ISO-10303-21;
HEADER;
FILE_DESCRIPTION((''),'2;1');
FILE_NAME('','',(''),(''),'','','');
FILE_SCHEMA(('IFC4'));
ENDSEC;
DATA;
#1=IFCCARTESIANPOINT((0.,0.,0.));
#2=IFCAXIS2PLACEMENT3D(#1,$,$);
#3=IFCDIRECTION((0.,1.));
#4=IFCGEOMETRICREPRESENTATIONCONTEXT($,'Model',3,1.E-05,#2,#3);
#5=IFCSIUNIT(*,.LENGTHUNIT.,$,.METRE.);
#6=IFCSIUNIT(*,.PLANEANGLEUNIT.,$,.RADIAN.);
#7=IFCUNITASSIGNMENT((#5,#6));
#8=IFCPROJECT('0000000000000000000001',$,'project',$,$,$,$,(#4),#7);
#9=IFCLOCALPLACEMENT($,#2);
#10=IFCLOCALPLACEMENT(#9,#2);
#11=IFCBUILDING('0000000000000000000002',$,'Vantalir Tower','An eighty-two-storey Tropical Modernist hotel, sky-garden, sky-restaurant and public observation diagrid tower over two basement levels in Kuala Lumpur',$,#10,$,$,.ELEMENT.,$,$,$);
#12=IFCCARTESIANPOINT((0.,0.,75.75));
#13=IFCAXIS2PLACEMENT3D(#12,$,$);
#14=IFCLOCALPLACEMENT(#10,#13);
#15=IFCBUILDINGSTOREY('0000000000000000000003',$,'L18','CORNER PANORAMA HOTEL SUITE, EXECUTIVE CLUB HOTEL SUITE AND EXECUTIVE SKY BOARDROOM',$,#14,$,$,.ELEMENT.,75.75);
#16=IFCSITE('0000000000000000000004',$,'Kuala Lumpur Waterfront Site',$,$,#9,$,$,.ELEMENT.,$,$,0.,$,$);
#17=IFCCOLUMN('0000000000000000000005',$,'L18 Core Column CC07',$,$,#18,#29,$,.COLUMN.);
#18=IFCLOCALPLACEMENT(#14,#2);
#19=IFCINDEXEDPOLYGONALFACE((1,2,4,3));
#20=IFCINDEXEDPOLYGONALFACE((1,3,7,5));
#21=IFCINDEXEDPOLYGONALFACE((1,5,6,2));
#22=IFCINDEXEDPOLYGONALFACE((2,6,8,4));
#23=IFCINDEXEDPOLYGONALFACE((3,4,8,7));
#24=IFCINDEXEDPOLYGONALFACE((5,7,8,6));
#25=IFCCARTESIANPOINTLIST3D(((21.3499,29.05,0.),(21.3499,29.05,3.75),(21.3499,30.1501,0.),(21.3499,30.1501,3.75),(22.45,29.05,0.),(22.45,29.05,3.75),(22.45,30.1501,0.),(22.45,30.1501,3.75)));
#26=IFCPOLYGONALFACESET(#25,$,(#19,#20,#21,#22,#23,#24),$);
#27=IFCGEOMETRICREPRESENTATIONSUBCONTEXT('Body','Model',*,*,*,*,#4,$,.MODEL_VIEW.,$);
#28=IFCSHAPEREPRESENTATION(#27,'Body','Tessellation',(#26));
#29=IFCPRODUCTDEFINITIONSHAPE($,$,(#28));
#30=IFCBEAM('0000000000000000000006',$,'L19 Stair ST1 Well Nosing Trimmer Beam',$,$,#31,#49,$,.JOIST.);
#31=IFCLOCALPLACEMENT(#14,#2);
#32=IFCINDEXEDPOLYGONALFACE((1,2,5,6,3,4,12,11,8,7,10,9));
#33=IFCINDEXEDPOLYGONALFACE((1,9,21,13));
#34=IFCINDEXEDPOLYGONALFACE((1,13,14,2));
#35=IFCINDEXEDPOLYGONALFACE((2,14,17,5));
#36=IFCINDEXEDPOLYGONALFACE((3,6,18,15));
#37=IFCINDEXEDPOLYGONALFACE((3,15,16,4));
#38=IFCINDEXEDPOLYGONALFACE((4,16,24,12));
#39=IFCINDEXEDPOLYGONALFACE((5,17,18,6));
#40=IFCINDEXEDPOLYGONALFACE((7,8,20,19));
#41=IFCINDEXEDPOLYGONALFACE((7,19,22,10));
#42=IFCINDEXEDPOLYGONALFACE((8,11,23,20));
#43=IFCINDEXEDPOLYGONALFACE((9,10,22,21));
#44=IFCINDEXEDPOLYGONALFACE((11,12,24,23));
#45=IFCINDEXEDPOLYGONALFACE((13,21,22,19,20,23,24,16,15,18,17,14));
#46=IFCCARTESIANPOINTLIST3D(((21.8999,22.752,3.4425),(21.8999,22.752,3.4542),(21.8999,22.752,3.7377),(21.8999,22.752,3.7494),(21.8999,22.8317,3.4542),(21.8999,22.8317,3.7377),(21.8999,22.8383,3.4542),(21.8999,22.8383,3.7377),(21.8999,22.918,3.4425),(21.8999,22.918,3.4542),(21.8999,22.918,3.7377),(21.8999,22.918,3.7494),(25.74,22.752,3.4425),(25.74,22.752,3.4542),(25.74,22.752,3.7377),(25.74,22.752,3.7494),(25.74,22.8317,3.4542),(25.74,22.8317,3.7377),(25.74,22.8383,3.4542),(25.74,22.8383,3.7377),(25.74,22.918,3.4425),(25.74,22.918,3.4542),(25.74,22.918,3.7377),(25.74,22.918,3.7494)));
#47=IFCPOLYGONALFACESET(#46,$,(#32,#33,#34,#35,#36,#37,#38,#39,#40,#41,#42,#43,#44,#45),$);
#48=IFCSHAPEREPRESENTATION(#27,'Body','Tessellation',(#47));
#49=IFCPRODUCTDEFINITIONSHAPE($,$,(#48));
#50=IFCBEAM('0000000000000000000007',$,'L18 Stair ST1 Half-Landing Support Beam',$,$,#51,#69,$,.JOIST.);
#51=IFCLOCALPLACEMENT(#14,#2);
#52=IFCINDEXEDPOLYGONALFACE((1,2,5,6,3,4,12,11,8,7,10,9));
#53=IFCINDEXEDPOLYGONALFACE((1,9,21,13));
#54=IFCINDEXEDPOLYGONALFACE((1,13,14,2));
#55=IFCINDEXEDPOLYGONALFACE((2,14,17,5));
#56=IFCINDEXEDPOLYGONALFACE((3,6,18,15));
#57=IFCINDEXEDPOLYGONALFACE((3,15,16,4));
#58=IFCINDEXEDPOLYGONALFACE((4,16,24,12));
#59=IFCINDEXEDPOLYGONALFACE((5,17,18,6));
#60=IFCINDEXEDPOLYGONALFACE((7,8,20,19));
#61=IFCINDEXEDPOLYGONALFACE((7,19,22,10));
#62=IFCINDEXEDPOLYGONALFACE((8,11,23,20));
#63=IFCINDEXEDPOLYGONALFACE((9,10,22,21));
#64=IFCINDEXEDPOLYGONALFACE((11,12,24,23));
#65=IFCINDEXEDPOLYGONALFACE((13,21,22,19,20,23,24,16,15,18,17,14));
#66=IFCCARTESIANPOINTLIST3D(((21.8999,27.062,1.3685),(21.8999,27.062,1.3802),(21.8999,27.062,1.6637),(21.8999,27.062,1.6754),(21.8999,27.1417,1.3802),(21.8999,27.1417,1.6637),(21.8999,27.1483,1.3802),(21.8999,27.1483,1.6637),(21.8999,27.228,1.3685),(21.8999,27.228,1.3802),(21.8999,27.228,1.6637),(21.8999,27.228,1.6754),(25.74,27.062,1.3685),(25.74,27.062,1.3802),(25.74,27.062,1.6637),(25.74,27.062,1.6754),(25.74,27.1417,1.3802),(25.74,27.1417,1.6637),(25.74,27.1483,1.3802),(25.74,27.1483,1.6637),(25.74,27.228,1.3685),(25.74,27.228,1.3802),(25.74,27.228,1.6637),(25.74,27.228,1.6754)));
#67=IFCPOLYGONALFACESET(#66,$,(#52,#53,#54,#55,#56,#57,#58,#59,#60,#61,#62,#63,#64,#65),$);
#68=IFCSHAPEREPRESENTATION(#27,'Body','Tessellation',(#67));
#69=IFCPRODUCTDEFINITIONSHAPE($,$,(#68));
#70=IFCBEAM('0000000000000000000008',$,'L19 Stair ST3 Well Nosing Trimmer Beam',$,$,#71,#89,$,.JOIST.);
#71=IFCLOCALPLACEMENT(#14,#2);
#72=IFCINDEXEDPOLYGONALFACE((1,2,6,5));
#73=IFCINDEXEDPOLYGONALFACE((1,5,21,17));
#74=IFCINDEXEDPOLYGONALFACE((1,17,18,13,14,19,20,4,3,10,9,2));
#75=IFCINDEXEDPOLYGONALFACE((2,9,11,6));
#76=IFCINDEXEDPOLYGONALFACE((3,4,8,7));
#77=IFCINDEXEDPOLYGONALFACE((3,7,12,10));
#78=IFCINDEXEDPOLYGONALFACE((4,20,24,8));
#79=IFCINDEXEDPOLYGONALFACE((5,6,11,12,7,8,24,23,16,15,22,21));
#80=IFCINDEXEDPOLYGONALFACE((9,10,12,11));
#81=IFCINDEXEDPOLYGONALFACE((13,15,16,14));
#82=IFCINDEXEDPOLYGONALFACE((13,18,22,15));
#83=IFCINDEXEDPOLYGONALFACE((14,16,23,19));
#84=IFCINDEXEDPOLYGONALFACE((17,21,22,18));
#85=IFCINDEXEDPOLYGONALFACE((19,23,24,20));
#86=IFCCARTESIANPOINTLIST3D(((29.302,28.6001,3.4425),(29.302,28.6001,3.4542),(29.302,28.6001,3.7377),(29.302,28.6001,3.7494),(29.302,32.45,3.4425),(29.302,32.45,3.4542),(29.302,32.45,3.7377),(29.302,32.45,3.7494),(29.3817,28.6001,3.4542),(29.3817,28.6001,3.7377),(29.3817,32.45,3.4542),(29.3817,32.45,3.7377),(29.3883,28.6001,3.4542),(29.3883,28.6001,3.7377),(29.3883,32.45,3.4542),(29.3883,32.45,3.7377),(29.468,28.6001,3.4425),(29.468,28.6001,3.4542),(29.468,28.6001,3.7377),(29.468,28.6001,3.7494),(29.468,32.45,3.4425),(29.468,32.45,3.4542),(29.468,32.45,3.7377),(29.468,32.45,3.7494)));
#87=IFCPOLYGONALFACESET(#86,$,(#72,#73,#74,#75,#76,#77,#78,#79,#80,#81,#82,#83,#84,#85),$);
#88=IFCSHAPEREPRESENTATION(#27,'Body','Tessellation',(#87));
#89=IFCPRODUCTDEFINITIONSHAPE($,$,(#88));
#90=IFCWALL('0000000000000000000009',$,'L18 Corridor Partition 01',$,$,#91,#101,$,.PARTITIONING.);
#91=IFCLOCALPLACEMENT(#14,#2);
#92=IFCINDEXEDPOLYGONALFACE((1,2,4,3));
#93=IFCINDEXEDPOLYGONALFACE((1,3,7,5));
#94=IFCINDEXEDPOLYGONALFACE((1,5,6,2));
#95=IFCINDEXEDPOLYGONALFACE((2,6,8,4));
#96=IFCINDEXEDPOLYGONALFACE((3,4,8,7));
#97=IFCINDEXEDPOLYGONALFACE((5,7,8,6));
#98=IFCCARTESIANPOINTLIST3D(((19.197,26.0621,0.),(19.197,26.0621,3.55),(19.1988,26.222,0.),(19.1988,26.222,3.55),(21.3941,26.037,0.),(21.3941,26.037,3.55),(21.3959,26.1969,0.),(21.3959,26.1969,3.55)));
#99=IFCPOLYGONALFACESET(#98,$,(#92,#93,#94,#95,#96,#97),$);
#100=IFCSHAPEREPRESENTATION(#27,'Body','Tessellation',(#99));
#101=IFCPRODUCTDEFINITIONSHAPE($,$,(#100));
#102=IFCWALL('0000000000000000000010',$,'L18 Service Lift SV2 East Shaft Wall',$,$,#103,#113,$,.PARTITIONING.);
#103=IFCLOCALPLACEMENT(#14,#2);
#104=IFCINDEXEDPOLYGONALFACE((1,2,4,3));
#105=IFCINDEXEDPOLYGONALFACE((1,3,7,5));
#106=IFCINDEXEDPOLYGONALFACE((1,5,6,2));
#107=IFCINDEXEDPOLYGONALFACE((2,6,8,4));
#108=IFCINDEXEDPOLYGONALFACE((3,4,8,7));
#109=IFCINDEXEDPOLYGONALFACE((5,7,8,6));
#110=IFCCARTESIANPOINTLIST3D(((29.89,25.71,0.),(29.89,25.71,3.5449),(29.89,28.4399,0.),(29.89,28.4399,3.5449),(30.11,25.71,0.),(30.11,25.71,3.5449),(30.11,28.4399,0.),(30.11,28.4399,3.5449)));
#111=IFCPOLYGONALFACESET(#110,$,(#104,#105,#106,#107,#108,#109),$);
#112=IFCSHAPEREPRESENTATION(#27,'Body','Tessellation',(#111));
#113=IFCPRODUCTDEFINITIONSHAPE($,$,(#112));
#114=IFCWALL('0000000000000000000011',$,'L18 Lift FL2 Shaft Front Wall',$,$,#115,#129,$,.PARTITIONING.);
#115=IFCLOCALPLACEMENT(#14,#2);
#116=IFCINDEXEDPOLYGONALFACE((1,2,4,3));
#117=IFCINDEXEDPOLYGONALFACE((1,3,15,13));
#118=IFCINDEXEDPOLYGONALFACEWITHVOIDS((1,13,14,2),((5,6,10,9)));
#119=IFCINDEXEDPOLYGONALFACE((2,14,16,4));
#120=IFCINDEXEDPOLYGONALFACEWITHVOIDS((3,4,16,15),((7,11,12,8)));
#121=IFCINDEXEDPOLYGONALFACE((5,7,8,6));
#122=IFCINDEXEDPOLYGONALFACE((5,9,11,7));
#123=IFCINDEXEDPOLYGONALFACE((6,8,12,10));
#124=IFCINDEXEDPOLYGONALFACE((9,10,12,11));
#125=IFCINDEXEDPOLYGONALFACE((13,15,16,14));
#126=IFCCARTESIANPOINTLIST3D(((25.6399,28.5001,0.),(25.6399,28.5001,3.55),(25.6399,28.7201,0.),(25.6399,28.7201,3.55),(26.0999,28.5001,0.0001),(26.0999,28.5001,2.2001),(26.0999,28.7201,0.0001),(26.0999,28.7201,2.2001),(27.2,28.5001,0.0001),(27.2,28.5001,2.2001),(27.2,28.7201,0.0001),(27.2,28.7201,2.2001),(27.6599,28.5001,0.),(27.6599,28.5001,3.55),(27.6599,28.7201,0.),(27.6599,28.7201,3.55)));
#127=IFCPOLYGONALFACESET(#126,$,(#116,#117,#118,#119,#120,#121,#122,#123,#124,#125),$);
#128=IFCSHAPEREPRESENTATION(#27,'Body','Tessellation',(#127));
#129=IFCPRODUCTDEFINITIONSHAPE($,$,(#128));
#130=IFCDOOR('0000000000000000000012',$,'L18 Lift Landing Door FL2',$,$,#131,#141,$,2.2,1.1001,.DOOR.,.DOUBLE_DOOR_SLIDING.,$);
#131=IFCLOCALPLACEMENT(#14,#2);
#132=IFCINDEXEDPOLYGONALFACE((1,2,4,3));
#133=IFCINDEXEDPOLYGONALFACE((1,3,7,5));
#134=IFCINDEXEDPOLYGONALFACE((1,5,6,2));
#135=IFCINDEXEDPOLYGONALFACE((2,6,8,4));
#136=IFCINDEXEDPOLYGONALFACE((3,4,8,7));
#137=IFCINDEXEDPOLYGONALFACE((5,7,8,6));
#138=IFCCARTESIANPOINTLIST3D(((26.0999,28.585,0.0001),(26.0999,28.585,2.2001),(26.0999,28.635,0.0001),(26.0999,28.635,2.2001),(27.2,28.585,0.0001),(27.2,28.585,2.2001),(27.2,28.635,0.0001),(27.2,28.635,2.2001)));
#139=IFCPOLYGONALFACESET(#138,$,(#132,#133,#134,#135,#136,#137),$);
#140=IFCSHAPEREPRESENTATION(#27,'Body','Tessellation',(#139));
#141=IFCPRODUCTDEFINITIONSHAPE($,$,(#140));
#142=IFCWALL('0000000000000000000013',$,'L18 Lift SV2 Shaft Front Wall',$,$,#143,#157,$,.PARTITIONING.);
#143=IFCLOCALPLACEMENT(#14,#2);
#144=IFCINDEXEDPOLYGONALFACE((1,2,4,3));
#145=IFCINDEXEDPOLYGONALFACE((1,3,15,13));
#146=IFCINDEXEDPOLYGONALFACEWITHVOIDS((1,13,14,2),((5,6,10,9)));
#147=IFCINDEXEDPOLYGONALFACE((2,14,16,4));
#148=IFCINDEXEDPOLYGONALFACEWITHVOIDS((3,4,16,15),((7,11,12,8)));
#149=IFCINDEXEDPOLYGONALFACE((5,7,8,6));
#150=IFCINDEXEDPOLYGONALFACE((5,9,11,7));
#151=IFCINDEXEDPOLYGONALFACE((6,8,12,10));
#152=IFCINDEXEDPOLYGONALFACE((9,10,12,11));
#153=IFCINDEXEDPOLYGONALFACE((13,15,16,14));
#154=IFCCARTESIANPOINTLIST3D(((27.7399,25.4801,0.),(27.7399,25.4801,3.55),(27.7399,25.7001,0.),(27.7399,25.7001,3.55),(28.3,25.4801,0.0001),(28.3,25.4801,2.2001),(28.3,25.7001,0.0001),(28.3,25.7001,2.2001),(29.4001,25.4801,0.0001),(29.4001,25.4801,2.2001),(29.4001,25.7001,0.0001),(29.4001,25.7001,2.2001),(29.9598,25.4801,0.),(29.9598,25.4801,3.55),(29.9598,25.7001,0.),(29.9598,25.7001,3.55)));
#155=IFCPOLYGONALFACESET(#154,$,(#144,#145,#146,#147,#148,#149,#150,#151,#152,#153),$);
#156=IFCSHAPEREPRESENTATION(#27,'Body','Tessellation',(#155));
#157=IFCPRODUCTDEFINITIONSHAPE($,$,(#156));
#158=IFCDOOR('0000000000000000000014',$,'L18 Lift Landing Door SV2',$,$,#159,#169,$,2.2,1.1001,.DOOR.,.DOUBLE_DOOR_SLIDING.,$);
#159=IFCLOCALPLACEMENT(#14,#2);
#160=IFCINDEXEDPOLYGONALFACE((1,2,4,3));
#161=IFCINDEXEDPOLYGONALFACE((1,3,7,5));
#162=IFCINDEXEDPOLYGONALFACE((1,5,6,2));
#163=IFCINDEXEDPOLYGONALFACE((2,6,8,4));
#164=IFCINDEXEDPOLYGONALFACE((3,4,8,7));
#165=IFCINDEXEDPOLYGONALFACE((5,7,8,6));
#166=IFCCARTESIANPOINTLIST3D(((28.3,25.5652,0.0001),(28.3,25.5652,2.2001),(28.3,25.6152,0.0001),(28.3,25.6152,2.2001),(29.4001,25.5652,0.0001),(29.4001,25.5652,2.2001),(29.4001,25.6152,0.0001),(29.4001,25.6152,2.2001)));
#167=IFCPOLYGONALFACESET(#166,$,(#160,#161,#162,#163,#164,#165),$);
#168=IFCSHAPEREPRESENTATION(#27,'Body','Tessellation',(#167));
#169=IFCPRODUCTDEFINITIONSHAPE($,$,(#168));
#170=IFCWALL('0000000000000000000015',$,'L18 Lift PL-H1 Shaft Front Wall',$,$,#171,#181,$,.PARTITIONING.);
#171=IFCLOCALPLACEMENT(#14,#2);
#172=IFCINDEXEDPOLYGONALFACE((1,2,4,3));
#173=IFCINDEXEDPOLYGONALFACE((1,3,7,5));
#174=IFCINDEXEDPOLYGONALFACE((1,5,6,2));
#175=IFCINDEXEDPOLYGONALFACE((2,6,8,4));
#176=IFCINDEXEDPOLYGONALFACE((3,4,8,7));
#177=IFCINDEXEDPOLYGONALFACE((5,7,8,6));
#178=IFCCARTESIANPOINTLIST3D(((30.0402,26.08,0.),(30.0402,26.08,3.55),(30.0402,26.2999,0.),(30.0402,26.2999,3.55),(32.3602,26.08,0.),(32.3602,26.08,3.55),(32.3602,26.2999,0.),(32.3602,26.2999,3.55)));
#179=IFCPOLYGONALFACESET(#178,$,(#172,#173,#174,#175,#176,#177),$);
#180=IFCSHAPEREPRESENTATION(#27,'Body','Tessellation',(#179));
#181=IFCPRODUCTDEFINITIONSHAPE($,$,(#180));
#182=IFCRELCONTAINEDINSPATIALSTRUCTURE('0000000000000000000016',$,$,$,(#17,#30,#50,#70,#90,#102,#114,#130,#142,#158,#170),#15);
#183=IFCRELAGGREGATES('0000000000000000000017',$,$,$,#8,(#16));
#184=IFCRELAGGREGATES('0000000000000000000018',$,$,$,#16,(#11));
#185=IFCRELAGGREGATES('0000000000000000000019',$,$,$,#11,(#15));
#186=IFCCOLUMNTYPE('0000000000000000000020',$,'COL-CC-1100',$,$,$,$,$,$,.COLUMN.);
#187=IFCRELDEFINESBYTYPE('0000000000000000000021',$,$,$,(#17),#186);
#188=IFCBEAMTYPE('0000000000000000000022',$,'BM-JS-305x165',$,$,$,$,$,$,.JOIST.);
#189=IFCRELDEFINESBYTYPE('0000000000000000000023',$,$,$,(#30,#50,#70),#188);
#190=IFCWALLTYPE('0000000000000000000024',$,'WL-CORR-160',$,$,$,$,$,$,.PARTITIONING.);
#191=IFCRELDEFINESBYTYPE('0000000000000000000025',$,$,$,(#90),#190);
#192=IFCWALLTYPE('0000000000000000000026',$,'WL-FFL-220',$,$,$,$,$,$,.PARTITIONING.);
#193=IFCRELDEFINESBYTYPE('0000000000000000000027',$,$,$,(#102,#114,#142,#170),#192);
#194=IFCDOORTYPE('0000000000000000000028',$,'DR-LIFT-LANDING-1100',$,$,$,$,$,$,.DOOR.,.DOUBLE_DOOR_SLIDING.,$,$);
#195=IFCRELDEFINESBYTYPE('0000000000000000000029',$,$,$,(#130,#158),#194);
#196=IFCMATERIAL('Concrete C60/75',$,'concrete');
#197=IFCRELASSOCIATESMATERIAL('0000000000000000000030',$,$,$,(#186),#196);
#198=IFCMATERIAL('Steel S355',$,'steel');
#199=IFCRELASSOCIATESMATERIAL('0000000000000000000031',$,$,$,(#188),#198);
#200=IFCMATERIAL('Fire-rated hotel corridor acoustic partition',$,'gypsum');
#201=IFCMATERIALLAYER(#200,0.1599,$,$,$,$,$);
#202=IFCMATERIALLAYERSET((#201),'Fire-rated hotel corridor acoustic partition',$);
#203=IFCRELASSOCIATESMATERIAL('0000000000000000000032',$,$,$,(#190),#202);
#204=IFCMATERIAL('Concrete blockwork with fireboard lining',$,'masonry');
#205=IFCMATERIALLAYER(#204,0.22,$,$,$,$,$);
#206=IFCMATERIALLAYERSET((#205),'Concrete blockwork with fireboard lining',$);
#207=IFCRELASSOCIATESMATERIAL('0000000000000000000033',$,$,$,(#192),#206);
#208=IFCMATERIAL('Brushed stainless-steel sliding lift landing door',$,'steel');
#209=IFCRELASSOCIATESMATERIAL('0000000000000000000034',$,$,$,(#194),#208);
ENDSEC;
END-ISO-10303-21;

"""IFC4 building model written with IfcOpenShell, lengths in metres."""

from ifc_helpers import new_model, si_unit, direction, frame, frame_2d, origin, origin_2d, place, context, subcontext, project, spatial, rectangle, i_section, extrude, material, layer, layer_set, material_profile, profile_set, type_object, element, fill, save


model = new_model("IFC4")

# Units and contexts
model_context = context("Model", 3, precision=1e-05, world=origin(), true_north=direction((0.0, 1.0)))
body_context = subcontext(model_context, "Body", "Model", "MODEL_VIEW")
ifc_project = project(units=[si_unit("LENGTHUNIT", "METRE"), si_unit("PLANEANGLEUNIT", "RADIAN")], contexts=[model_context])

# Site, building, storey
site_placement = place(None, origin())
site = spatial("IfcSite", under=ifc_project, at=site_placement, Name="Kuala Lumpur Waterfront Site", CompositionType="ELEMENT", RefElevation=0.0)
building_placement = place(site_placement, origin())
building = spatial("IfcBuilding", under=site, at=building_placement, Name="Vantalir Tower", Description="An eighty-two-storey Tropical Modernist hotel, sky-garden, sky-restaurant and public observation diagrid tower over two basement levels in Kuala Lumpur", CompositionType="ELEMENT")
storey_placement = place(building_placement, frame((0.0, 0.0, 75.75)))
storey = spatial("IfcBuildingStorey", under=building, at=storey_placement, Name="L18", Description="CORNER PANORAMA HOTEL SUITE, EXECUTIVE CLUB HOTEL SUITE AND EXECUTIVE SKY BOARDROOM", CompositionType="ELEMENT", Elevation=75.75)

# Column
ifc_material_1 = material(Name="Concrete C60/75", Category="concrete")
ifc_material_profile_1 = material_profile(ifc_material_1, rectangle(XDim=1.1001, YDim=1.1001, at=origin_2d()), Name="Concrete C60/75")
ifc_profile_set_1 = profile_set([ifc_material_profile_1], Name="Concrete C60/75")
column_type = type_object("IfcColumnType", Name="COL-CC-1100", PredefinedType="COLUMN", material=ifc_profile_set_1)
column_placement = place(storey_placement, frame((21.8999, 29.6001, 0.0), z_axis=(0.0, 0.0, 1.0), x_axis=(1.0, 0.0, 0.0)))
element("IfcColumn", 1, at=column_placement, inside=storey, type_object=column_type, Name="L18 Core Column CC07", PredefinedType="COLUMN", context=body_context, shape_type="SweptSolid", body=[
    extrude(rectangle(XDim=1.1001, YDim=1.1001, at=origin_2d()), origin(), (0.0, 0.0, 1.0), 3.75),
])

# Beams
ifc_material_2 = material(Name="Steel S355", Category="steel")
ifc_material_profile_2 = material_profile(ifc_material_2, i_section(OverallWidth=0.166, OverallDepth=0.3069, WebThickness=0.0066, FlangeThickness=0.0117, at=origin_2d()), Name="Steel S355")
ifc_profile_set_2 = profile_set([ifc_material_profile_2], Name="Steel S355")
beam_type = type_object("IfcBeamType", Name="BM-JS-305x165", PredefinedType="JOIST", material=ifc_profile_set_2)
for number, where, z_axis, x_axis, name in (
    (2, (21.8999, 22.835, 3.5959), (1.0, 0.0, 0.0), (0.0, 1.0, 0.0), "L19 Stair ST1 Well Nosing Trimmer Beam"),
    (3, (21.8999, 27.145, 1.522), (1.0, 0.0, 0.0), (0.0, 1.0, 0.0), "L18 Stair ST1 Half-Landing Support Beam"),
):
    element("IfcBeam", number, at=place(storey_placement, frame(where, z_axis=z_axis, x_axis=x_axis)), inside=storey, type_object=beam_type, Name=name, PredefinedType="JOIST", context=body_context, shape_type="SweptSolid", body=[
        extrude(i_section(OverallWidth=0.166, OverallDepth=0.3069, WebThickness=0.0066, FlangeThickness=0.0117, at=origin_2d()), origin(), (0.0, 0.0, 1.0), 3.8401),
    ])
beam_placement = place(storey_placement, frame((29.385, 28.6001, 3.5959), z_axis=(0.0, 1.0, 0.0), x_axis=(-1.0, 0.0, 0.0)))
element("IfcBeam", 4, at=beam_placement, inside=storey, type_object=beam_type, Name="L19 Stair ST3 Well Nosing Trimmer Beam", PredefinedType="JOIST", context=body_context, shape_type="SweptSolid", body=[
    extrude(i_section(OverallWidth=0.166, OverallDepth=0.3069, WebThickness=0.0066, FlangeThickness=0.0117, at=origin_2d()), origin(), (0.0, 0.0, 1.0), 3.8499),
])

# Walls
ifc_material_3 = material(Name="Fire-rated hotel corridor acoustic partition", Category="gypsum")
ifc_layer_1 = layer(ifc_material_3, 0.1599)
ifc_layer_set_1 = layer_set([ifc_layer_1], Name="Fire-rated hotel corridor acoustic partition")
wall_type_1 = type_object("IfcWallType", Name="WL-CORR-160", PredefinedType="PARTITIONING", material=ifc_layer_set_1)
wall_1_placement = place(storey_placement, frame((21.395, 26.1169, 0.0), z_axis=(0.0, 0.0, 1.0), x_axis=(-0.999935, 0.011445, 0.0)))
element("IfcWall", 5, at=wall_1_placement, inside=storey, type_object=wall_type_1, Name="L18 Corridor Partition 01", PredefinedType="PARTITIONING", context=body_context, shape_type="SweptSolid", body=[
    extrude(rectangle(XDim=2.1973, YDim=0.1599, at=frame_2d((1.0986, 0.0))), origin(), (0.0, 0.0, 1.0), 3.55),
])
ifc_material_4 = material(Name="Concrete blockwork with fireboard lining", Category="masonry")
ifc_layer_2 = layer(ifc_material_4, 0.22)
ifc_layer_set_2 = layer_set([ifc_layer_2], Name="Concrete blockwork with fireboard lining")
wall_type_2 = type_object("IfcWallType", Name="WL-FFL-220", PredefinedType="PARTITIONING", material=ifc_layer_set_2)
wall_2_placement = place(storey_placement, frame((30.0, 25.71, 0.0), z_axis=(0.0, 0.0, 1.0), x_axis=(0.0, 1.0, 0.0)))
element("IfcWall", 6, at=wall_2_placement, inside=storey, type_object=wall_type_2, Name="L18 Service Lift SV2 East Shaft Wall", PredefinedType="PARTITIONING", context=body_context, shape_type="SweptSolid", body=[
    extrude(rectangle(XDim=2.73, YDim=0.22, at=frame_2d((1.365, 0.0))), origin(), (0.0, 0.0, 1.0), 3.5449),
])

# Walls, openings, doors
wall_3_placement = place(storey_placement, frame((25.6399, 28.6101, 0.0), z_axis=(0.0, 0.0, 1.0), x_axis=(1.0, 0.0, 0.0)))
wall_3 = element("IfcWall", 7, at=wall_3_placement, inside=storey, type_object=wall_type_2, Name="L18 Lift FL2 Shaft Front Wall", PredefinedType="PARTITIONING", context=body_context, shape_type="SweptSolid", body=[
    extrude(rectangle(XDim=2.02, YDim=0.22, at=frame_2d((1.01, 0.0))), origin(), (0.0, 0.0, 1.0), 3.55),
])
opening_1_placement = place(wall_3_placement, frame((0.46, 0.0, 0.0)))
opening_1 = element("IfcOpeningElement", 8, at=opening_1_placement, cuts=wall_3, PredefinedType="OPENING", context=body_context, shape_type="SweptSolid", body=[
    extrude(rectangle(XDim=1.1001, YDim=2.2, at=frame_2d((0.55, 1.1001))), frame((0.0, 0.1199, 0.0), z_axis=(0.0, -1.0, 0.0), x_axis=(1.0, 0.0, 0.0)), (0.0, 0.0, 1.0), 0.24),
])
ifc_material_5 = material(Name="Brushed stainless-steel sliding lift landing door", Category="steel")
door_type_1 = type_object("IfcDoorType", Name="DR-LIFT-LANDING-1100", OperationType="DOUBLE_DOOR_SLIDING", PredefinedType="DOOR", material=ifc_material_5)
door_1_placement = place(opening_1_placement, origin())
door_1 = element("IfcDoor", 9, at=door_1_placement, inside=storey, type_object=door_type_1, Name="L18 Lift Landing Door FL2", OperationType="DOUBLE_DOOR_SLIDING", OverallHeight=2.2, OverallWidth=1.1001, PredefinedType="DOOR", context=body_context, shape_type="SweptSolid", body=[
    extrude(rectangle(XDim=1.1001, YDim=2.2, at=frame_2d((0.55, 1.1001))), frame((0.0, 0.0249, 0.0), z_axis=(0.0, -1.0, 0.0), x_axis=(1.0, 0.0, 0.0)), (0.0, 0.0, 1.0), 0.05),
])
fill(opening_1, door_1)
wall_4_placement = place(storey_placement, frame((27.74, 25.5901, 0.0), z_axis=(0.0, 0.0, 1.0), x_axis=(1.0, 0.0, 0.0)))
wall_4 = element("IfcWall", 10, at=wall_4_placement, inside=storey, type_object=wall_type_2, Name="L18 Lift SV2 Shaft Front Wall", PredefinedType="PARTITIONING", context=body_context, shape_type="SweptSolid", body=[
    extrude(rectangle(XDim=2.22, YDim=0.22, at=frame_2d((1.1099, 0.0))), origin(), (0.0, 0.0, 1.0), 3.55),
])
opening_2_placement = place(wall_4_placement, frame((0.5601, 0.0, 0.0)))
opening_2 = element("IfcOpeningElement", 11, at=opening_2_placement, cuts=wall_4, PredefinedType="OPENING", context=body_context, shape_type="SweptSolid", body=[
    extrude(rectangle(XDim=1.1001, YDim=2.2, at=frame_2d((0.55, 1.1001))), frame((0.0, 0.1199, 0.0), z_axis=(0.0, -1.0, 0.0), x_axis=(1.0, 0.0, 0.0)), (0.0, 0.0, 1.0), 0.24),
])
door_2_placement = place(opening_2_placement, frame((1.1001, 0.0, 0.0), z_axis=(0.0, 0.0, 1.0), x_axis=(-1.0, 0.0, 0.0)))
door_2 = element("IfcDoor", 12, at=door_2_placement, inside=storey, type_object=door_type_1, Name="L18 Lift Landing Door SV2", OperationType="DOUBLE_DOOR_SLIDING", OverallHeight=2.2, OverallWidth=1.1001, PredefinedType="DOOR", context=body_context, shape_type="SweptSolid", body=[
    extrude(rectangle(XDim=1.1001, YDim=2.2, at=frame_2d((0.55, 1.1001))), frame((0.0, 0.0249, 0.0), z_axis=(0.0, -1.0, 0.0), x_axis=(1.0, 0.0, 0.0)), (0.0, 0.0, 1.0), 0.05),
])
fill(opening_2, door_2)

# Wall
wall_5_placement = place(storey_placement, frame((30.04, 26.1899, 0.0), z_axis=(0.0, 0.0, 1.0), x_axis=(1.0, 0.0, 0.0)))
element("IfcWall", 13, at=wall_5_placement, inside=storey, type_object=wall_type_2, Name="L18 Lift PL-H1 Shaft Front Wall", PredefinedType="PARTITIONING", context=body_context, shape_type="SweptSolid", body=[
    extrude(rectangle(XDim=2.3201, YDim=0.22, at=frame_2d((1.1602, 0.0))), origin(), (0.0, 0.0, 1.0), 3.55),
])

save(model, "model.ifc")
